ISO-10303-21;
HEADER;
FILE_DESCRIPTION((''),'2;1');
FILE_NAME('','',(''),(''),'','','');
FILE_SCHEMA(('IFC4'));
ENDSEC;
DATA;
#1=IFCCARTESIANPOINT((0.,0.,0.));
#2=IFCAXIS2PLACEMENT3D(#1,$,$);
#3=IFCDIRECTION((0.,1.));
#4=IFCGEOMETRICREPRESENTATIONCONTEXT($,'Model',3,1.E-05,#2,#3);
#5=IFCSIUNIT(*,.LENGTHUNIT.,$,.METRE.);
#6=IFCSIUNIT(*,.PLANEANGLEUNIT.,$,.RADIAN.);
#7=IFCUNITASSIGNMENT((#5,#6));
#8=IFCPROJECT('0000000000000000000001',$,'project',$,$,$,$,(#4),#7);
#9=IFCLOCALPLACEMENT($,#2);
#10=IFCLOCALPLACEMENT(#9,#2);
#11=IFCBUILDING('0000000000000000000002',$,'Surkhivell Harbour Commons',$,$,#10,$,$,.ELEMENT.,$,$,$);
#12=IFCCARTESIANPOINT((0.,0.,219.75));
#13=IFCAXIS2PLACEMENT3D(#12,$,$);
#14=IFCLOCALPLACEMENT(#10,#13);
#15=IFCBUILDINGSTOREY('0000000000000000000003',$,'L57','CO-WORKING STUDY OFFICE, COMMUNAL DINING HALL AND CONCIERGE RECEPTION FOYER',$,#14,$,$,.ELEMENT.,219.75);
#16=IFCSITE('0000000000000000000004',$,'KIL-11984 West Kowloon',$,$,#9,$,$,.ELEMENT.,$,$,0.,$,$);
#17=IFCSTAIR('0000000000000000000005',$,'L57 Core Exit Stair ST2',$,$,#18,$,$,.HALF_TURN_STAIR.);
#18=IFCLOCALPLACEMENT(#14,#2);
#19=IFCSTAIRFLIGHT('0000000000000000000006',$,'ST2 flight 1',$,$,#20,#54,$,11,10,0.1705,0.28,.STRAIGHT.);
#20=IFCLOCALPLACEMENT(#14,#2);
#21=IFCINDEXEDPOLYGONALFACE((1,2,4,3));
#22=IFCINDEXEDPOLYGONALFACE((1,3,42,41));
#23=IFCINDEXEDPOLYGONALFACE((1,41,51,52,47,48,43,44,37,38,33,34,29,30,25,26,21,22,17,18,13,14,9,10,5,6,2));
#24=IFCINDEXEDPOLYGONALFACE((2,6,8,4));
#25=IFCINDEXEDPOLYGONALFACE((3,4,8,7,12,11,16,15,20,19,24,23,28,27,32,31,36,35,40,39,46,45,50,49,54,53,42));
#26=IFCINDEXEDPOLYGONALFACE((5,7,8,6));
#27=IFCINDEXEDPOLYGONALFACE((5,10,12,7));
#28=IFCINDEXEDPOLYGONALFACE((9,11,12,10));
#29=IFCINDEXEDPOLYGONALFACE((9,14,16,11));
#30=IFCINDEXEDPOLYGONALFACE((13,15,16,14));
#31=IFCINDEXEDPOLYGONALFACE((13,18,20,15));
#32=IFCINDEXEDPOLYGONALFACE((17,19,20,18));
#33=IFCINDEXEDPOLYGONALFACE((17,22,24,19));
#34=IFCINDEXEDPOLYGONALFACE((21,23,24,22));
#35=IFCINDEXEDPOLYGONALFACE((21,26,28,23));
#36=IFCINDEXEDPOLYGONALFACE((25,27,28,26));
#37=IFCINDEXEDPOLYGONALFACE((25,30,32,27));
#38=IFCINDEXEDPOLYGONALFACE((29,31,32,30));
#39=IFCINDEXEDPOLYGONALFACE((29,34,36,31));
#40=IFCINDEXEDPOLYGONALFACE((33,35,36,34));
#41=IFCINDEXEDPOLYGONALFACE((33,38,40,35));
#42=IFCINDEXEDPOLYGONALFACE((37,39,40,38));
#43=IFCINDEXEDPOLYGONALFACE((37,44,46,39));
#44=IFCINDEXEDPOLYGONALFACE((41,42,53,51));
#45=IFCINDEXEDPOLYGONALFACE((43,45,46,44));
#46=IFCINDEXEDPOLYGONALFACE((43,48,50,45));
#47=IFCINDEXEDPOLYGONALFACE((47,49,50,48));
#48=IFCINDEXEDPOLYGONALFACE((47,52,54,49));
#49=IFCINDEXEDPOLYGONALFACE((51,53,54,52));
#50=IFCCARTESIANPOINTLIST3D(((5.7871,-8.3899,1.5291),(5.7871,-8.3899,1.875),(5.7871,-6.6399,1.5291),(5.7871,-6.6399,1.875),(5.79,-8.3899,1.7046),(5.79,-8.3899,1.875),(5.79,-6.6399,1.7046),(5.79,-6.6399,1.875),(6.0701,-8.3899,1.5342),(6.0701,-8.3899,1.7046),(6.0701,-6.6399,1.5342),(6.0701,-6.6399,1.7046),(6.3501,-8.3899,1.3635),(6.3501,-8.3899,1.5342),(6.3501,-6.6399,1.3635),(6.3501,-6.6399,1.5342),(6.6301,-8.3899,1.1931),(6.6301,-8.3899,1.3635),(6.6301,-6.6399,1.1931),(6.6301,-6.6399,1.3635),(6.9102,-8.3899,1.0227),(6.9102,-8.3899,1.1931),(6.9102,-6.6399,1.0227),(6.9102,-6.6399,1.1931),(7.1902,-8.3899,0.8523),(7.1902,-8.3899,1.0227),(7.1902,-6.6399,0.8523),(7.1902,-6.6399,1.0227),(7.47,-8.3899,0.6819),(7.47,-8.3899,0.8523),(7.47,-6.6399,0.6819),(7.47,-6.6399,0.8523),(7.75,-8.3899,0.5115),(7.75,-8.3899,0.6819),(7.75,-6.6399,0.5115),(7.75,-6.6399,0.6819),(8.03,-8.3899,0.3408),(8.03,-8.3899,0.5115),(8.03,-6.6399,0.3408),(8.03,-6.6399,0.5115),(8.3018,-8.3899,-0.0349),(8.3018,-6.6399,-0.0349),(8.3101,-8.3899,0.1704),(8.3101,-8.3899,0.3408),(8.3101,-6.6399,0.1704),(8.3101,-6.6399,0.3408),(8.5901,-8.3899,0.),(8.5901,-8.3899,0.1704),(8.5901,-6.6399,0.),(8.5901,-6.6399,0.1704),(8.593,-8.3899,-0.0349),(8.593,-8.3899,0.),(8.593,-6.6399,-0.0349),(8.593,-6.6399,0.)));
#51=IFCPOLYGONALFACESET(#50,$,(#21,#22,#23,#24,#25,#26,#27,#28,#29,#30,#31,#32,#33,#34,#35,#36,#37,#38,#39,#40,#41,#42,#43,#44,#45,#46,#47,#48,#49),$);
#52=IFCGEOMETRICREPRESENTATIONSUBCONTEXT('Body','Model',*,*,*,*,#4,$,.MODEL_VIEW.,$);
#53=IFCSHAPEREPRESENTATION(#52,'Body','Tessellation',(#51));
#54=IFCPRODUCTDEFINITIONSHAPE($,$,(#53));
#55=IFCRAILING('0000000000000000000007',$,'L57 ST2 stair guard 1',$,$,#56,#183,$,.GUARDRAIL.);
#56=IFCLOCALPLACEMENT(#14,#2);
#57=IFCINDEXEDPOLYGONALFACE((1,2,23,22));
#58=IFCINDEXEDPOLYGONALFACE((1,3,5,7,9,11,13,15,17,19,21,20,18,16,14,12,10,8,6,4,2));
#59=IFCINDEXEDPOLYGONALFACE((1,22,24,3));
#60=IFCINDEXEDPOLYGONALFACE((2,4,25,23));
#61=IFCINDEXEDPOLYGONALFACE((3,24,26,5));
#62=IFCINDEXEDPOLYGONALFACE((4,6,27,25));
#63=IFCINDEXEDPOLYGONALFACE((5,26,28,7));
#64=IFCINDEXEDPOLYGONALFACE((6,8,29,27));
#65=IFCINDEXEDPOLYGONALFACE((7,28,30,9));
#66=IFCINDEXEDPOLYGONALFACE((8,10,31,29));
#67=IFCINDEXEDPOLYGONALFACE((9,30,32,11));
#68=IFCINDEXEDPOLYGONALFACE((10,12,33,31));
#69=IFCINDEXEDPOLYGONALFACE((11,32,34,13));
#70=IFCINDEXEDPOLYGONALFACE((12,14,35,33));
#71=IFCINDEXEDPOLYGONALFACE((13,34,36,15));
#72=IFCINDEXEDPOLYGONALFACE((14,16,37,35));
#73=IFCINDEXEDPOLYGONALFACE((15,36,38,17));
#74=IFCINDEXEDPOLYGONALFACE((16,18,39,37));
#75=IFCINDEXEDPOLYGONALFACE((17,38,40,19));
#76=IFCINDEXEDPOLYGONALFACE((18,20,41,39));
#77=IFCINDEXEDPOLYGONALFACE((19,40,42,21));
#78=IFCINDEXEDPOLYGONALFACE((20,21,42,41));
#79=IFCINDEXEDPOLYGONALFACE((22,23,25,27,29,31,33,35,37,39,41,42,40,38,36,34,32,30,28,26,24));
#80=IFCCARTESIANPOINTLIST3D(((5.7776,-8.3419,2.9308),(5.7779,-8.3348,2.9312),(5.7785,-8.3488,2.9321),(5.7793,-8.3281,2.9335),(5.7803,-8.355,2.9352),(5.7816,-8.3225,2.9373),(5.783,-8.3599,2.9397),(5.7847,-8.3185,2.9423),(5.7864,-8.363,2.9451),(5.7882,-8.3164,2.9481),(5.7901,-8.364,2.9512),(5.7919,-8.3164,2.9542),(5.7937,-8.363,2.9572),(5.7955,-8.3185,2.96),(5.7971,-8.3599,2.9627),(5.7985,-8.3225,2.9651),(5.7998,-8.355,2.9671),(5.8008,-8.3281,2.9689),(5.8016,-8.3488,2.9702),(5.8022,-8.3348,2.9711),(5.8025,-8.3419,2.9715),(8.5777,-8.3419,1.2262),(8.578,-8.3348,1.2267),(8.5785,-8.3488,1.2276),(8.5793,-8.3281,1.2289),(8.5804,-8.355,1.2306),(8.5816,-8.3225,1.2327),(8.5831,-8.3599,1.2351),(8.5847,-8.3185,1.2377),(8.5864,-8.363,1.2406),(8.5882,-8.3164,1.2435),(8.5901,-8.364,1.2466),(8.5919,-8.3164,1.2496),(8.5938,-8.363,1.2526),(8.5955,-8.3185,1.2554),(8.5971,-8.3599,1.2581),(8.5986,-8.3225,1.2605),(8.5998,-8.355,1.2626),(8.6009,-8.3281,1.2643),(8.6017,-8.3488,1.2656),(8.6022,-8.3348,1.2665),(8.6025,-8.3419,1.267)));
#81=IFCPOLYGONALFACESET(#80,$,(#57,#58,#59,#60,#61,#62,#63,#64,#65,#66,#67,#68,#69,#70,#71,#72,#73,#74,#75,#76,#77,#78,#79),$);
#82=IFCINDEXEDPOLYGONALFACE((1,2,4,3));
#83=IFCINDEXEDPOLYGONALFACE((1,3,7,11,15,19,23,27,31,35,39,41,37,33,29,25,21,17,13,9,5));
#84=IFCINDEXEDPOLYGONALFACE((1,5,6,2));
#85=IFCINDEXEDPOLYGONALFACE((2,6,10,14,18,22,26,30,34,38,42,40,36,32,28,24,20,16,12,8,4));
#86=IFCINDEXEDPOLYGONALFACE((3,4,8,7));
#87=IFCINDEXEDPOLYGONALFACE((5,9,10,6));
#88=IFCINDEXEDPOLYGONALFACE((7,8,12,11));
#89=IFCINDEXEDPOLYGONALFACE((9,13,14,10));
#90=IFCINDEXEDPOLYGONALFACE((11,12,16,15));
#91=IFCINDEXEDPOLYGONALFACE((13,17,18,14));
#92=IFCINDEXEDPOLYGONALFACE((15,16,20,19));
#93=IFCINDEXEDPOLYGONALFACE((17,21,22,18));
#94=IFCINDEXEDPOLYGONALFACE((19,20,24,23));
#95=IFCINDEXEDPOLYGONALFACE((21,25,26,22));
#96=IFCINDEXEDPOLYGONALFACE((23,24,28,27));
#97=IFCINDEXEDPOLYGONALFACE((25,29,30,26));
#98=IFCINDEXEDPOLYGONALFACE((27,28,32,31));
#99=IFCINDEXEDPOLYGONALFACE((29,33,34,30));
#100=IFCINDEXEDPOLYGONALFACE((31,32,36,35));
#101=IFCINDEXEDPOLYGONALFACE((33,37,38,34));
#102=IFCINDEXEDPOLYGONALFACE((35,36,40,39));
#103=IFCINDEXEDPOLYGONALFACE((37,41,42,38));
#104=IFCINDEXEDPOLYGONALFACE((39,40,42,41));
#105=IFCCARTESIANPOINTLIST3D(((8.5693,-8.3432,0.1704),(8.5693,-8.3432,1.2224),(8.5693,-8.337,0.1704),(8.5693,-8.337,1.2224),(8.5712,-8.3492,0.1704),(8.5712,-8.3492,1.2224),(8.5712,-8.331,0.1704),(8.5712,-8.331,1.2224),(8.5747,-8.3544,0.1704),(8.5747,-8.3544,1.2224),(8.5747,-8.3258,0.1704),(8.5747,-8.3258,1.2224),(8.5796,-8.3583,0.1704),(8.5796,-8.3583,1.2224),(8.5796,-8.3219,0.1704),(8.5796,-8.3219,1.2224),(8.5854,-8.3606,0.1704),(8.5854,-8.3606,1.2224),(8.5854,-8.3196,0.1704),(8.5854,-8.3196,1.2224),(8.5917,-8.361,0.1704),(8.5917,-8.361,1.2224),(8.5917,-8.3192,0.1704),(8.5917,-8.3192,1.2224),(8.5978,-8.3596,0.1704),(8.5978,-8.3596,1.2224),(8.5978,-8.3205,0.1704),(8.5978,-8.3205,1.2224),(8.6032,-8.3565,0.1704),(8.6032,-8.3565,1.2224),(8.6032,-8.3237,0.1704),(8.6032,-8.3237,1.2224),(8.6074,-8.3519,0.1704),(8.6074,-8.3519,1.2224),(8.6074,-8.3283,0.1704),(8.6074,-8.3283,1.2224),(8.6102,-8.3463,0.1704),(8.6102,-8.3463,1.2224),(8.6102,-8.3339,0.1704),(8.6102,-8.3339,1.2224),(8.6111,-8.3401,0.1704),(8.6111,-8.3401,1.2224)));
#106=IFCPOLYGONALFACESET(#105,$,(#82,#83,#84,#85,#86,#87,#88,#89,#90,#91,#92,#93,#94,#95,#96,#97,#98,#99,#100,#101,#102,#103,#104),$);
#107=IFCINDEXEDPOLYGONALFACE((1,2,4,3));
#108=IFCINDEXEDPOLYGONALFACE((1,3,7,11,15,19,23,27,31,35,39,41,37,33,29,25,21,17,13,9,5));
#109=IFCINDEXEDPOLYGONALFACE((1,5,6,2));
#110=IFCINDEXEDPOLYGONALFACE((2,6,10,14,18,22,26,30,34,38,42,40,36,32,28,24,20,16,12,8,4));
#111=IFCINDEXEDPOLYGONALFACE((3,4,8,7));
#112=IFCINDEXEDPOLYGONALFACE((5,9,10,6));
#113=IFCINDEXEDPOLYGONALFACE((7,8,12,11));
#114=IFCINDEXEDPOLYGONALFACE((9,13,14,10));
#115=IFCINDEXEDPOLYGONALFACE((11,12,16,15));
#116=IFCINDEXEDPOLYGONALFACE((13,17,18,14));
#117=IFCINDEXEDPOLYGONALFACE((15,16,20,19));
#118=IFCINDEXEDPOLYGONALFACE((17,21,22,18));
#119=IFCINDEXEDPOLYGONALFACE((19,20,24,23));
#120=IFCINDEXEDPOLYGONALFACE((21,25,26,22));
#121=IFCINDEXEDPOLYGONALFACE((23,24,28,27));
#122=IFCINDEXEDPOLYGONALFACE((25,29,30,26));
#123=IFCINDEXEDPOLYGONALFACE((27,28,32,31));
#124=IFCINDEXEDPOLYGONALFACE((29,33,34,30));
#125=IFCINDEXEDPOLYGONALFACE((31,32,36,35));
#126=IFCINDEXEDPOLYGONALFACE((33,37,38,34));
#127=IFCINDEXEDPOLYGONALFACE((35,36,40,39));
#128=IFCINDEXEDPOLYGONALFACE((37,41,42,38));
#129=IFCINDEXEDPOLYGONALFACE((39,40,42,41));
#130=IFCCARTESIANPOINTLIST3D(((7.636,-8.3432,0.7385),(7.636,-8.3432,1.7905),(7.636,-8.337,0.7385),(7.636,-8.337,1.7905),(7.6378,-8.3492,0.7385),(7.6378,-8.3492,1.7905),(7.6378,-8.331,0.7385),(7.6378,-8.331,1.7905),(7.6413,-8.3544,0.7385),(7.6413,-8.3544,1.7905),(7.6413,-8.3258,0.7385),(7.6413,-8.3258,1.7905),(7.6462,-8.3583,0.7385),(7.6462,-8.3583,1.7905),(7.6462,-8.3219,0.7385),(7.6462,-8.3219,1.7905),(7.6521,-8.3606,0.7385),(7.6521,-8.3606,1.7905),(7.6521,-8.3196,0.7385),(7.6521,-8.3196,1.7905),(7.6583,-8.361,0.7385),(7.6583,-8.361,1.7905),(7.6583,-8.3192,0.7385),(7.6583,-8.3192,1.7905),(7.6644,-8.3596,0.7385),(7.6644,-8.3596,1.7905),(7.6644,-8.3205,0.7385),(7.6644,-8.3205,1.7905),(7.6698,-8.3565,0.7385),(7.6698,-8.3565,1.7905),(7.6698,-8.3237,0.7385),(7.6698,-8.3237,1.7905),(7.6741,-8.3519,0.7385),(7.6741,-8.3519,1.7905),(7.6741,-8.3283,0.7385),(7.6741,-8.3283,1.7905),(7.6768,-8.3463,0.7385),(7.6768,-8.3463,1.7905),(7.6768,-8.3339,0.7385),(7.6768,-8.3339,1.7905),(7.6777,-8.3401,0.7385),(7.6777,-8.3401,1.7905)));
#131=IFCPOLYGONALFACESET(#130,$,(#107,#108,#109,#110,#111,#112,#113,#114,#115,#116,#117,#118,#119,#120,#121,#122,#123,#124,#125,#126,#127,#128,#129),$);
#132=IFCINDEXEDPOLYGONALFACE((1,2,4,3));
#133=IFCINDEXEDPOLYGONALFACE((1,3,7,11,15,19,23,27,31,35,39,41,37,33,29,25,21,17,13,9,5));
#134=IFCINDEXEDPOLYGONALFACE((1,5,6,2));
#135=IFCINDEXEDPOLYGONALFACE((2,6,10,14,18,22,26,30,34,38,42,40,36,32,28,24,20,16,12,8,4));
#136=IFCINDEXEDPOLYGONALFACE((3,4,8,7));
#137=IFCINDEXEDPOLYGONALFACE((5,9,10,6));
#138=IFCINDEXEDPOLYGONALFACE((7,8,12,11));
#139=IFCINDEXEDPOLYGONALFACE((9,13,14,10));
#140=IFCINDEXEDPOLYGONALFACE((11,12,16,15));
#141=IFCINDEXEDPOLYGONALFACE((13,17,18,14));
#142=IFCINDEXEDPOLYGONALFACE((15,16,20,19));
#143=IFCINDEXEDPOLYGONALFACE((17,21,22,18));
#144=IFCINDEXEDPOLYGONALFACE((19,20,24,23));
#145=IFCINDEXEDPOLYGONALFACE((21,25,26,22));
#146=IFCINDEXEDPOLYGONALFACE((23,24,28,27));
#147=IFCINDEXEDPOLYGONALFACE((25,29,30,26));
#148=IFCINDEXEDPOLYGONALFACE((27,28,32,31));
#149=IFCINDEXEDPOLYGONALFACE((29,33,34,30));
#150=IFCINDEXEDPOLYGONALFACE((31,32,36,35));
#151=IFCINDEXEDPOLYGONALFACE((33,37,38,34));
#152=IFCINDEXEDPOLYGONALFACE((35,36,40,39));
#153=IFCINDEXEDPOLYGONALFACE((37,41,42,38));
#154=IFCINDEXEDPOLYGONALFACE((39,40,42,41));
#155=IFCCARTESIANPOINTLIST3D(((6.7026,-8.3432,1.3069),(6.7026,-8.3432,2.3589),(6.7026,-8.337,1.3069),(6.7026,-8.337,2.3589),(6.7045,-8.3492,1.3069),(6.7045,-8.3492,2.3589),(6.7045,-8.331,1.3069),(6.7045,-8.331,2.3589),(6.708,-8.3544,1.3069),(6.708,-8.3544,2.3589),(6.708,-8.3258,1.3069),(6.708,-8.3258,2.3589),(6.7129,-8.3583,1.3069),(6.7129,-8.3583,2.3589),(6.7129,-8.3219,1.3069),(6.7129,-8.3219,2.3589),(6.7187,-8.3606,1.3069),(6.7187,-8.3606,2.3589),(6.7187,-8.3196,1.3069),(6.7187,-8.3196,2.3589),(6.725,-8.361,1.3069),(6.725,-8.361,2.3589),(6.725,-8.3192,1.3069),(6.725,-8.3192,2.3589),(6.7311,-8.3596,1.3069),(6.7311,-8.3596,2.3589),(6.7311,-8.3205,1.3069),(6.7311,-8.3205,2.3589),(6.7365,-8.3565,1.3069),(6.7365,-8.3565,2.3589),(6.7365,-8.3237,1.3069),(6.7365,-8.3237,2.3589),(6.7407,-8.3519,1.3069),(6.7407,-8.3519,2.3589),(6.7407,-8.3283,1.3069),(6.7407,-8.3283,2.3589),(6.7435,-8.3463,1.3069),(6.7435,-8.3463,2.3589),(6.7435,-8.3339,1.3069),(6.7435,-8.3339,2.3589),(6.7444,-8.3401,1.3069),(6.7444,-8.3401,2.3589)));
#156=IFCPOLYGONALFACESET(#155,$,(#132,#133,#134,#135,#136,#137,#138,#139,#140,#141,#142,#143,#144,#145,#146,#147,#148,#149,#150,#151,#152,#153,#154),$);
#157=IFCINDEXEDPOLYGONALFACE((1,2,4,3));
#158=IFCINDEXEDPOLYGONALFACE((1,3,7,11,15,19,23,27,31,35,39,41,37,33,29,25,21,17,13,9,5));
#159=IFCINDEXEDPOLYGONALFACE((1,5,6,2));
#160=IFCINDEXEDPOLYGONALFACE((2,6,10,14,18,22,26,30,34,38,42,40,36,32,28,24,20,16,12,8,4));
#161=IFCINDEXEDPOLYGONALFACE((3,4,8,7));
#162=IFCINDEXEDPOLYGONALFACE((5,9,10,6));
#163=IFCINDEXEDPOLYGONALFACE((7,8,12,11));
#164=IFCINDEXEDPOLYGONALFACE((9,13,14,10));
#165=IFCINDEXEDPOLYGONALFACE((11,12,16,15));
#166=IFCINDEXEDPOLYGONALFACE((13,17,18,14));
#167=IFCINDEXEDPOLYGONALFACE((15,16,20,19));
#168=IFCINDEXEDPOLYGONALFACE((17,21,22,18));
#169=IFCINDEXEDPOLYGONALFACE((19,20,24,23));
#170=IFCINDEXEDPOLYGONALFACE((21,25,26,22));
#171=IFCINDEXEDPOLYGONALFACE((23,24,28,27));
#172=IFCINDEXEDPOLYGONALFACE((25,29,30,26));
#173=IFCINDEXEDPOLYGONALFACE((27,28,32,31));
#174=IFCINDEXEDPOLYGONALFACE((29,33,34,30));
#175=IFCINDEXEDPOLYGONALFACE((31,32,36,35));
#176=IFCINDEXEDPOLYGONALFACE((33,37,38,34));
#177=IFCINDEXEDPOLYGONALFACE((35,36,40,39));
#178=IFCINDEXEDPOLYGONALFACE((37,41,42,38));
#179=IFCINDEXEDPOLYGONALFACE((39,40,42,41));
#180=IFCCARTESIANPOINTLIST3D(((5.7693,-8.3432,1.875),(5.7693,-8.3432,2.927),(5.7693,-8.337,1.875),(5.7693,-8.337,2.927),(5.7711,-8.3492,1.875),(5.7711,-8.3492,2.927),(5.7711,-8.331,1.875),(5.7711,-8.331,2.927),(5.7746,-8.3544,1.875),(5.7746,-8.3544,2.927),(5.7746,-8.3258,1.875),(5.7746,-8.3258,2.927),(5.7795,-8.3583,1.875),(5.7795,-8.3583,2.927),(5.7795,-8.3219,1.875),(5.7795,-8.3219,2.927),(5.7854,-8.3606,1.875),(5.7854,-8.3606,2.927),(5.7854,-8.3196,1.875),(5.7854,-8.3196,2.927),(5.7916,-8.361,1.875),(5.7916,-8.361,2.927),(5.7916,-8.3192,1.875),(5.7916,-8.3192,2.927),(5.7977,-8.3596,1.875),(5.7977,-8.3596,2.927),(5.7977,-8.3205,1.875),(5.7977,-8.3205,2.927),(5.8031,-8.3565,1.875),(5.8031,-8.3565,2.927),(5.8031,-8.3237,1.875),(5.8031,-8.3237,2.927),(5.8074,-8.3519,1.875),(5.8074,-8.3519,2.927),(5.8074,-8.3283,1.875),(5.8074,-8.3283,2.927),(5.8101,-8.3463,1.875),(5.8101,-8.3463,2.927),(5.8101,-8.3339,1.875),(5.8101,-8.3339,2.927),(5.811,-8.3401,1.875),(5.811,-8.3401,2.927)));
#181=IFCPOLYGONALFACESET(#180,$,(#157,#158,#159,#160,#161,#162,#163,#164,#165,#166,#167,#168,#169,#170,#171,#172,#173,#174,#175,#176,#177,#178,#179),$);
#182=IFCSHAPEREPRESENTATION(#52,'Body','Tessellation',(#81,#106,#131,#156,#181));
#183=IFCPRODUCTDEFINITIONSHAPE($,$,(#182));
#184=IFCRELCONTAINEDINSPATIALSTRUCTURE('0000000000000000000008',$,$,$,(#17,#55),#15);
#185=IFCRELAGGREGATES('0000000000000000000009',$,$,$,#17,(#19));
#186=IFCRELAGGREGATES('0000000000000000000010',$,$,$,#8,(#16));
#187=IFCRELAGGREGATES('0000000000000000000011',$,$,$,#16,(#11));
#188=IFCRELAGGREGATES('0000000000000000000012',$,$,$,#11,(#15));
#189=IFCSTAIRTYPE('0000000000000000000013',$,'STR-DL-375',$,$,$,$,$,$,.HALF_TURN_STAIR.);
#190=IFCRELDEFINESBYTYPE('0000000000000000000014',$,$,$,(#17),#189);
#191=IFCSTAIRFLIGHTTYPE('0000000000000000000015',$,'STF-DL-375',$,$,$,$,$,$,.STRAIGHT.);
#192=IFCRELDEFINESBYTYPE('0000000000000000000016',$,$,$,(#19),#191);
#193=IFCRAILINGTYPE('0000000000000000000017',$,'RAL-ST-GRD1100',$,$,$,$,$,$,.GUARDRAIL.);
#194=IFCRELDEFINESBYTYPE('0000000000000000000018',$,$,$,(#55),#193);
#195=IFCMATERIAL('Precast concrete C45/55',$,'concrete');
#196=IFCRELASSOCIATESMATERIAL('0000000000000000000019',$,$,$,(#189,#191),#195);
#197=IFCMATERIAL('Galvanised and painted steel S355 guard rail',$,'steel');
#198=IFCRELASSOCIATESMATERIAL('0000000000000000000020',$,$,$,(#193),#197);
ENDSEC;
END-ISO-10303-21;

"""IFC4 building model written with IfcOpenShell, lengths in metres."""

from ifc_helpers import new_model, si_unit, direction, frame, origin, origin_2d, place, context, subcontext, project, spatial, polyline, circle, outline, extrude, material, type_object, element, aggregate, save


model = new_model("IFC4")

# Units and contexts
model_context = context("Model", 3, precision=1e-05, world=origin(), true_north=direction((0.0, 1.0)))
body_context = subcontext(model_context, "Body", "Model", "MODEL_VIEW")
ifc_project = project(units=[si_unit("LENGTHUNIT", "METRE"), si_unit("PLANEANGLEUNIT", "RADIAN")], contexts=[model_context])

# Site, building, storey
site_placement = place(None, origin())
site = spatial("IfcSite", under=ifc_project, at=site_placement, Name="KIL-11984 West Kowloon", CompositionType="ELEMENT", RefElevation=0.0)
building_placement = place(site_placement, origin())
building = spatial("IfcBuilding", under=site, at=building_placement, Name="Surkhivell Harbour Commons", CompositionType="ELEMENT")
storey_placement = place(building_placement, frame((0.0, 0.0, 219.75)))
storey = spatial("IfcBuildingStorey", under=building, at=storey_placement, Name="L57", Description="CO-WORKING STUDY OFFICE, COMMUNAL DINING HALL AND CONCIERGE RECEPTION FOYER", CompositionType="ELEMENT", Elevation=219.75)

# Stair, stair flight
ifc_material_1 = material(Name="Precast concrete C45/55", Category="concrete")
stair_type = type_object("IfcStairType", Name="STR-DL-375", PredefinedType="HALF_TURN_STAIR", material=ifc_material_1)
stair_placement = place(storey_placement, origin())
stair = element("IfcStair", 1, at=stair_placement, inside=storey, type_object=stair_type, Name="L57 Core Exit Stair ST2", PredefinedType="HALF_TURN_STAIR")
stair_flight_type = type_object("IfcStairFlightType", Name="STF-DL-375", PredefinedType="STRAIGHT", material=ifc_material_1)
stair_flight_placement = place(storey_placement, frame((8.5901, -7.5149, 0.0), z_axis=(0.0, 0.0, 1.0), x_axis=(-1.0, 0.0, 0.0)))
stair_flight = element("IfcStairFlight", 2, at=stair_flight_placement, type_object=stair_flight_type, Name="ST2 flight 1", NumberOfRisers=11, NumberOfTreads=10, PredefinedType="STRAIGHT", RiserHeight=0.1705, TreadLength=0.28, context=body_context, shape_type="SweptSolid", body=[
    extrude(outline(polyline([(-0.0029, -0.0349), (-0.0029, 0.0), (0.0, 0.0), (0.0, 0.1704), (0.28, 0.1704), (0.28, 0.3408), (0.5601, 0.3408), (0.5601, 0.5115), (0.8401, 0.5115), (0.8401, 0.6819), (1.1201, 0.6819), (1.1201, 0.8523), (1.3999, 0.8523), (1.3999, 1.0227), (1.6799, 1.0227), (1.6799, 1.1931), (1.96, 1.1931), (1.96, 1.3635), (2.24, 1.3635), (2.24, 1.5342), (2.52, 1.5342), (2.52, 1.7046), (2.8, 1.7046), (2.8, 1.875), (2.803, 1.875), (2.803, 1.5291), (0.2883, -0.0349), (-0.0029, -0.0349)])), frame((0.0, 0.875, 0.0), z_axis=(0.0, -1.0, 0.0), x_axis=(1.0, 0.0, 0.0)), (0.0, 0.0, 1.0), 1.75),
])
aggregate(stair, [stair_flight])

# Railing
ifc_material_2 = material(Name="Galvanised and painted steel S355 guard rail", Category="steel")
railing_type_1 = type_object("IfcRailingType", Name="RAL-ST-GRD1100", PredefinedType="GUARDRAIL", material=ifc_material_2)
railing_1_placement = place(storey_placement, frame((8.5901, -8.3401, 0.1704)))
element("IfcRailing", 3, at=railing_1_placement, inside=storey, type_object=railing_type_1, Name="L57 ST2 stair guard 1", PredefinedType="GUARDRAIL", context=body_context, shape_type="SweptSolid", body=[
    extrude(circle(Radius=0.0239, at=origin_2d()), frame((0.0, 0.0, 1.0762), z_axis=(-0.85417, 0.0, 0.519994), x_axis=(0.0, -1.0, 0.0)), (0.0, 0.0, 1.0), 3.2781),
    extrude(circle(Radius=0.021, at=origin_2d()), origin(), (0.0, 0.0, 1.0), 1.052),
    extrude(circle(Radius=0.021, at=origin_2d()), frame((-0.9333, 0.0, 0.5681)), (0.0, 0.0, 1.0), 1.052),
    extrude(circle(Radius=0.021, at=origin_2d()), frame((-1.8667, 0.0, 1.1365)), (0.0, 0.0, 1.0), 1.052),
    extrude(circle(Radius=0.021, at=origin_2d()), frame((-2.8, 0.0, 1.7046)), (0.0, 0.0, 1.0), 1.052),
])

save(model, "model.ifc")
